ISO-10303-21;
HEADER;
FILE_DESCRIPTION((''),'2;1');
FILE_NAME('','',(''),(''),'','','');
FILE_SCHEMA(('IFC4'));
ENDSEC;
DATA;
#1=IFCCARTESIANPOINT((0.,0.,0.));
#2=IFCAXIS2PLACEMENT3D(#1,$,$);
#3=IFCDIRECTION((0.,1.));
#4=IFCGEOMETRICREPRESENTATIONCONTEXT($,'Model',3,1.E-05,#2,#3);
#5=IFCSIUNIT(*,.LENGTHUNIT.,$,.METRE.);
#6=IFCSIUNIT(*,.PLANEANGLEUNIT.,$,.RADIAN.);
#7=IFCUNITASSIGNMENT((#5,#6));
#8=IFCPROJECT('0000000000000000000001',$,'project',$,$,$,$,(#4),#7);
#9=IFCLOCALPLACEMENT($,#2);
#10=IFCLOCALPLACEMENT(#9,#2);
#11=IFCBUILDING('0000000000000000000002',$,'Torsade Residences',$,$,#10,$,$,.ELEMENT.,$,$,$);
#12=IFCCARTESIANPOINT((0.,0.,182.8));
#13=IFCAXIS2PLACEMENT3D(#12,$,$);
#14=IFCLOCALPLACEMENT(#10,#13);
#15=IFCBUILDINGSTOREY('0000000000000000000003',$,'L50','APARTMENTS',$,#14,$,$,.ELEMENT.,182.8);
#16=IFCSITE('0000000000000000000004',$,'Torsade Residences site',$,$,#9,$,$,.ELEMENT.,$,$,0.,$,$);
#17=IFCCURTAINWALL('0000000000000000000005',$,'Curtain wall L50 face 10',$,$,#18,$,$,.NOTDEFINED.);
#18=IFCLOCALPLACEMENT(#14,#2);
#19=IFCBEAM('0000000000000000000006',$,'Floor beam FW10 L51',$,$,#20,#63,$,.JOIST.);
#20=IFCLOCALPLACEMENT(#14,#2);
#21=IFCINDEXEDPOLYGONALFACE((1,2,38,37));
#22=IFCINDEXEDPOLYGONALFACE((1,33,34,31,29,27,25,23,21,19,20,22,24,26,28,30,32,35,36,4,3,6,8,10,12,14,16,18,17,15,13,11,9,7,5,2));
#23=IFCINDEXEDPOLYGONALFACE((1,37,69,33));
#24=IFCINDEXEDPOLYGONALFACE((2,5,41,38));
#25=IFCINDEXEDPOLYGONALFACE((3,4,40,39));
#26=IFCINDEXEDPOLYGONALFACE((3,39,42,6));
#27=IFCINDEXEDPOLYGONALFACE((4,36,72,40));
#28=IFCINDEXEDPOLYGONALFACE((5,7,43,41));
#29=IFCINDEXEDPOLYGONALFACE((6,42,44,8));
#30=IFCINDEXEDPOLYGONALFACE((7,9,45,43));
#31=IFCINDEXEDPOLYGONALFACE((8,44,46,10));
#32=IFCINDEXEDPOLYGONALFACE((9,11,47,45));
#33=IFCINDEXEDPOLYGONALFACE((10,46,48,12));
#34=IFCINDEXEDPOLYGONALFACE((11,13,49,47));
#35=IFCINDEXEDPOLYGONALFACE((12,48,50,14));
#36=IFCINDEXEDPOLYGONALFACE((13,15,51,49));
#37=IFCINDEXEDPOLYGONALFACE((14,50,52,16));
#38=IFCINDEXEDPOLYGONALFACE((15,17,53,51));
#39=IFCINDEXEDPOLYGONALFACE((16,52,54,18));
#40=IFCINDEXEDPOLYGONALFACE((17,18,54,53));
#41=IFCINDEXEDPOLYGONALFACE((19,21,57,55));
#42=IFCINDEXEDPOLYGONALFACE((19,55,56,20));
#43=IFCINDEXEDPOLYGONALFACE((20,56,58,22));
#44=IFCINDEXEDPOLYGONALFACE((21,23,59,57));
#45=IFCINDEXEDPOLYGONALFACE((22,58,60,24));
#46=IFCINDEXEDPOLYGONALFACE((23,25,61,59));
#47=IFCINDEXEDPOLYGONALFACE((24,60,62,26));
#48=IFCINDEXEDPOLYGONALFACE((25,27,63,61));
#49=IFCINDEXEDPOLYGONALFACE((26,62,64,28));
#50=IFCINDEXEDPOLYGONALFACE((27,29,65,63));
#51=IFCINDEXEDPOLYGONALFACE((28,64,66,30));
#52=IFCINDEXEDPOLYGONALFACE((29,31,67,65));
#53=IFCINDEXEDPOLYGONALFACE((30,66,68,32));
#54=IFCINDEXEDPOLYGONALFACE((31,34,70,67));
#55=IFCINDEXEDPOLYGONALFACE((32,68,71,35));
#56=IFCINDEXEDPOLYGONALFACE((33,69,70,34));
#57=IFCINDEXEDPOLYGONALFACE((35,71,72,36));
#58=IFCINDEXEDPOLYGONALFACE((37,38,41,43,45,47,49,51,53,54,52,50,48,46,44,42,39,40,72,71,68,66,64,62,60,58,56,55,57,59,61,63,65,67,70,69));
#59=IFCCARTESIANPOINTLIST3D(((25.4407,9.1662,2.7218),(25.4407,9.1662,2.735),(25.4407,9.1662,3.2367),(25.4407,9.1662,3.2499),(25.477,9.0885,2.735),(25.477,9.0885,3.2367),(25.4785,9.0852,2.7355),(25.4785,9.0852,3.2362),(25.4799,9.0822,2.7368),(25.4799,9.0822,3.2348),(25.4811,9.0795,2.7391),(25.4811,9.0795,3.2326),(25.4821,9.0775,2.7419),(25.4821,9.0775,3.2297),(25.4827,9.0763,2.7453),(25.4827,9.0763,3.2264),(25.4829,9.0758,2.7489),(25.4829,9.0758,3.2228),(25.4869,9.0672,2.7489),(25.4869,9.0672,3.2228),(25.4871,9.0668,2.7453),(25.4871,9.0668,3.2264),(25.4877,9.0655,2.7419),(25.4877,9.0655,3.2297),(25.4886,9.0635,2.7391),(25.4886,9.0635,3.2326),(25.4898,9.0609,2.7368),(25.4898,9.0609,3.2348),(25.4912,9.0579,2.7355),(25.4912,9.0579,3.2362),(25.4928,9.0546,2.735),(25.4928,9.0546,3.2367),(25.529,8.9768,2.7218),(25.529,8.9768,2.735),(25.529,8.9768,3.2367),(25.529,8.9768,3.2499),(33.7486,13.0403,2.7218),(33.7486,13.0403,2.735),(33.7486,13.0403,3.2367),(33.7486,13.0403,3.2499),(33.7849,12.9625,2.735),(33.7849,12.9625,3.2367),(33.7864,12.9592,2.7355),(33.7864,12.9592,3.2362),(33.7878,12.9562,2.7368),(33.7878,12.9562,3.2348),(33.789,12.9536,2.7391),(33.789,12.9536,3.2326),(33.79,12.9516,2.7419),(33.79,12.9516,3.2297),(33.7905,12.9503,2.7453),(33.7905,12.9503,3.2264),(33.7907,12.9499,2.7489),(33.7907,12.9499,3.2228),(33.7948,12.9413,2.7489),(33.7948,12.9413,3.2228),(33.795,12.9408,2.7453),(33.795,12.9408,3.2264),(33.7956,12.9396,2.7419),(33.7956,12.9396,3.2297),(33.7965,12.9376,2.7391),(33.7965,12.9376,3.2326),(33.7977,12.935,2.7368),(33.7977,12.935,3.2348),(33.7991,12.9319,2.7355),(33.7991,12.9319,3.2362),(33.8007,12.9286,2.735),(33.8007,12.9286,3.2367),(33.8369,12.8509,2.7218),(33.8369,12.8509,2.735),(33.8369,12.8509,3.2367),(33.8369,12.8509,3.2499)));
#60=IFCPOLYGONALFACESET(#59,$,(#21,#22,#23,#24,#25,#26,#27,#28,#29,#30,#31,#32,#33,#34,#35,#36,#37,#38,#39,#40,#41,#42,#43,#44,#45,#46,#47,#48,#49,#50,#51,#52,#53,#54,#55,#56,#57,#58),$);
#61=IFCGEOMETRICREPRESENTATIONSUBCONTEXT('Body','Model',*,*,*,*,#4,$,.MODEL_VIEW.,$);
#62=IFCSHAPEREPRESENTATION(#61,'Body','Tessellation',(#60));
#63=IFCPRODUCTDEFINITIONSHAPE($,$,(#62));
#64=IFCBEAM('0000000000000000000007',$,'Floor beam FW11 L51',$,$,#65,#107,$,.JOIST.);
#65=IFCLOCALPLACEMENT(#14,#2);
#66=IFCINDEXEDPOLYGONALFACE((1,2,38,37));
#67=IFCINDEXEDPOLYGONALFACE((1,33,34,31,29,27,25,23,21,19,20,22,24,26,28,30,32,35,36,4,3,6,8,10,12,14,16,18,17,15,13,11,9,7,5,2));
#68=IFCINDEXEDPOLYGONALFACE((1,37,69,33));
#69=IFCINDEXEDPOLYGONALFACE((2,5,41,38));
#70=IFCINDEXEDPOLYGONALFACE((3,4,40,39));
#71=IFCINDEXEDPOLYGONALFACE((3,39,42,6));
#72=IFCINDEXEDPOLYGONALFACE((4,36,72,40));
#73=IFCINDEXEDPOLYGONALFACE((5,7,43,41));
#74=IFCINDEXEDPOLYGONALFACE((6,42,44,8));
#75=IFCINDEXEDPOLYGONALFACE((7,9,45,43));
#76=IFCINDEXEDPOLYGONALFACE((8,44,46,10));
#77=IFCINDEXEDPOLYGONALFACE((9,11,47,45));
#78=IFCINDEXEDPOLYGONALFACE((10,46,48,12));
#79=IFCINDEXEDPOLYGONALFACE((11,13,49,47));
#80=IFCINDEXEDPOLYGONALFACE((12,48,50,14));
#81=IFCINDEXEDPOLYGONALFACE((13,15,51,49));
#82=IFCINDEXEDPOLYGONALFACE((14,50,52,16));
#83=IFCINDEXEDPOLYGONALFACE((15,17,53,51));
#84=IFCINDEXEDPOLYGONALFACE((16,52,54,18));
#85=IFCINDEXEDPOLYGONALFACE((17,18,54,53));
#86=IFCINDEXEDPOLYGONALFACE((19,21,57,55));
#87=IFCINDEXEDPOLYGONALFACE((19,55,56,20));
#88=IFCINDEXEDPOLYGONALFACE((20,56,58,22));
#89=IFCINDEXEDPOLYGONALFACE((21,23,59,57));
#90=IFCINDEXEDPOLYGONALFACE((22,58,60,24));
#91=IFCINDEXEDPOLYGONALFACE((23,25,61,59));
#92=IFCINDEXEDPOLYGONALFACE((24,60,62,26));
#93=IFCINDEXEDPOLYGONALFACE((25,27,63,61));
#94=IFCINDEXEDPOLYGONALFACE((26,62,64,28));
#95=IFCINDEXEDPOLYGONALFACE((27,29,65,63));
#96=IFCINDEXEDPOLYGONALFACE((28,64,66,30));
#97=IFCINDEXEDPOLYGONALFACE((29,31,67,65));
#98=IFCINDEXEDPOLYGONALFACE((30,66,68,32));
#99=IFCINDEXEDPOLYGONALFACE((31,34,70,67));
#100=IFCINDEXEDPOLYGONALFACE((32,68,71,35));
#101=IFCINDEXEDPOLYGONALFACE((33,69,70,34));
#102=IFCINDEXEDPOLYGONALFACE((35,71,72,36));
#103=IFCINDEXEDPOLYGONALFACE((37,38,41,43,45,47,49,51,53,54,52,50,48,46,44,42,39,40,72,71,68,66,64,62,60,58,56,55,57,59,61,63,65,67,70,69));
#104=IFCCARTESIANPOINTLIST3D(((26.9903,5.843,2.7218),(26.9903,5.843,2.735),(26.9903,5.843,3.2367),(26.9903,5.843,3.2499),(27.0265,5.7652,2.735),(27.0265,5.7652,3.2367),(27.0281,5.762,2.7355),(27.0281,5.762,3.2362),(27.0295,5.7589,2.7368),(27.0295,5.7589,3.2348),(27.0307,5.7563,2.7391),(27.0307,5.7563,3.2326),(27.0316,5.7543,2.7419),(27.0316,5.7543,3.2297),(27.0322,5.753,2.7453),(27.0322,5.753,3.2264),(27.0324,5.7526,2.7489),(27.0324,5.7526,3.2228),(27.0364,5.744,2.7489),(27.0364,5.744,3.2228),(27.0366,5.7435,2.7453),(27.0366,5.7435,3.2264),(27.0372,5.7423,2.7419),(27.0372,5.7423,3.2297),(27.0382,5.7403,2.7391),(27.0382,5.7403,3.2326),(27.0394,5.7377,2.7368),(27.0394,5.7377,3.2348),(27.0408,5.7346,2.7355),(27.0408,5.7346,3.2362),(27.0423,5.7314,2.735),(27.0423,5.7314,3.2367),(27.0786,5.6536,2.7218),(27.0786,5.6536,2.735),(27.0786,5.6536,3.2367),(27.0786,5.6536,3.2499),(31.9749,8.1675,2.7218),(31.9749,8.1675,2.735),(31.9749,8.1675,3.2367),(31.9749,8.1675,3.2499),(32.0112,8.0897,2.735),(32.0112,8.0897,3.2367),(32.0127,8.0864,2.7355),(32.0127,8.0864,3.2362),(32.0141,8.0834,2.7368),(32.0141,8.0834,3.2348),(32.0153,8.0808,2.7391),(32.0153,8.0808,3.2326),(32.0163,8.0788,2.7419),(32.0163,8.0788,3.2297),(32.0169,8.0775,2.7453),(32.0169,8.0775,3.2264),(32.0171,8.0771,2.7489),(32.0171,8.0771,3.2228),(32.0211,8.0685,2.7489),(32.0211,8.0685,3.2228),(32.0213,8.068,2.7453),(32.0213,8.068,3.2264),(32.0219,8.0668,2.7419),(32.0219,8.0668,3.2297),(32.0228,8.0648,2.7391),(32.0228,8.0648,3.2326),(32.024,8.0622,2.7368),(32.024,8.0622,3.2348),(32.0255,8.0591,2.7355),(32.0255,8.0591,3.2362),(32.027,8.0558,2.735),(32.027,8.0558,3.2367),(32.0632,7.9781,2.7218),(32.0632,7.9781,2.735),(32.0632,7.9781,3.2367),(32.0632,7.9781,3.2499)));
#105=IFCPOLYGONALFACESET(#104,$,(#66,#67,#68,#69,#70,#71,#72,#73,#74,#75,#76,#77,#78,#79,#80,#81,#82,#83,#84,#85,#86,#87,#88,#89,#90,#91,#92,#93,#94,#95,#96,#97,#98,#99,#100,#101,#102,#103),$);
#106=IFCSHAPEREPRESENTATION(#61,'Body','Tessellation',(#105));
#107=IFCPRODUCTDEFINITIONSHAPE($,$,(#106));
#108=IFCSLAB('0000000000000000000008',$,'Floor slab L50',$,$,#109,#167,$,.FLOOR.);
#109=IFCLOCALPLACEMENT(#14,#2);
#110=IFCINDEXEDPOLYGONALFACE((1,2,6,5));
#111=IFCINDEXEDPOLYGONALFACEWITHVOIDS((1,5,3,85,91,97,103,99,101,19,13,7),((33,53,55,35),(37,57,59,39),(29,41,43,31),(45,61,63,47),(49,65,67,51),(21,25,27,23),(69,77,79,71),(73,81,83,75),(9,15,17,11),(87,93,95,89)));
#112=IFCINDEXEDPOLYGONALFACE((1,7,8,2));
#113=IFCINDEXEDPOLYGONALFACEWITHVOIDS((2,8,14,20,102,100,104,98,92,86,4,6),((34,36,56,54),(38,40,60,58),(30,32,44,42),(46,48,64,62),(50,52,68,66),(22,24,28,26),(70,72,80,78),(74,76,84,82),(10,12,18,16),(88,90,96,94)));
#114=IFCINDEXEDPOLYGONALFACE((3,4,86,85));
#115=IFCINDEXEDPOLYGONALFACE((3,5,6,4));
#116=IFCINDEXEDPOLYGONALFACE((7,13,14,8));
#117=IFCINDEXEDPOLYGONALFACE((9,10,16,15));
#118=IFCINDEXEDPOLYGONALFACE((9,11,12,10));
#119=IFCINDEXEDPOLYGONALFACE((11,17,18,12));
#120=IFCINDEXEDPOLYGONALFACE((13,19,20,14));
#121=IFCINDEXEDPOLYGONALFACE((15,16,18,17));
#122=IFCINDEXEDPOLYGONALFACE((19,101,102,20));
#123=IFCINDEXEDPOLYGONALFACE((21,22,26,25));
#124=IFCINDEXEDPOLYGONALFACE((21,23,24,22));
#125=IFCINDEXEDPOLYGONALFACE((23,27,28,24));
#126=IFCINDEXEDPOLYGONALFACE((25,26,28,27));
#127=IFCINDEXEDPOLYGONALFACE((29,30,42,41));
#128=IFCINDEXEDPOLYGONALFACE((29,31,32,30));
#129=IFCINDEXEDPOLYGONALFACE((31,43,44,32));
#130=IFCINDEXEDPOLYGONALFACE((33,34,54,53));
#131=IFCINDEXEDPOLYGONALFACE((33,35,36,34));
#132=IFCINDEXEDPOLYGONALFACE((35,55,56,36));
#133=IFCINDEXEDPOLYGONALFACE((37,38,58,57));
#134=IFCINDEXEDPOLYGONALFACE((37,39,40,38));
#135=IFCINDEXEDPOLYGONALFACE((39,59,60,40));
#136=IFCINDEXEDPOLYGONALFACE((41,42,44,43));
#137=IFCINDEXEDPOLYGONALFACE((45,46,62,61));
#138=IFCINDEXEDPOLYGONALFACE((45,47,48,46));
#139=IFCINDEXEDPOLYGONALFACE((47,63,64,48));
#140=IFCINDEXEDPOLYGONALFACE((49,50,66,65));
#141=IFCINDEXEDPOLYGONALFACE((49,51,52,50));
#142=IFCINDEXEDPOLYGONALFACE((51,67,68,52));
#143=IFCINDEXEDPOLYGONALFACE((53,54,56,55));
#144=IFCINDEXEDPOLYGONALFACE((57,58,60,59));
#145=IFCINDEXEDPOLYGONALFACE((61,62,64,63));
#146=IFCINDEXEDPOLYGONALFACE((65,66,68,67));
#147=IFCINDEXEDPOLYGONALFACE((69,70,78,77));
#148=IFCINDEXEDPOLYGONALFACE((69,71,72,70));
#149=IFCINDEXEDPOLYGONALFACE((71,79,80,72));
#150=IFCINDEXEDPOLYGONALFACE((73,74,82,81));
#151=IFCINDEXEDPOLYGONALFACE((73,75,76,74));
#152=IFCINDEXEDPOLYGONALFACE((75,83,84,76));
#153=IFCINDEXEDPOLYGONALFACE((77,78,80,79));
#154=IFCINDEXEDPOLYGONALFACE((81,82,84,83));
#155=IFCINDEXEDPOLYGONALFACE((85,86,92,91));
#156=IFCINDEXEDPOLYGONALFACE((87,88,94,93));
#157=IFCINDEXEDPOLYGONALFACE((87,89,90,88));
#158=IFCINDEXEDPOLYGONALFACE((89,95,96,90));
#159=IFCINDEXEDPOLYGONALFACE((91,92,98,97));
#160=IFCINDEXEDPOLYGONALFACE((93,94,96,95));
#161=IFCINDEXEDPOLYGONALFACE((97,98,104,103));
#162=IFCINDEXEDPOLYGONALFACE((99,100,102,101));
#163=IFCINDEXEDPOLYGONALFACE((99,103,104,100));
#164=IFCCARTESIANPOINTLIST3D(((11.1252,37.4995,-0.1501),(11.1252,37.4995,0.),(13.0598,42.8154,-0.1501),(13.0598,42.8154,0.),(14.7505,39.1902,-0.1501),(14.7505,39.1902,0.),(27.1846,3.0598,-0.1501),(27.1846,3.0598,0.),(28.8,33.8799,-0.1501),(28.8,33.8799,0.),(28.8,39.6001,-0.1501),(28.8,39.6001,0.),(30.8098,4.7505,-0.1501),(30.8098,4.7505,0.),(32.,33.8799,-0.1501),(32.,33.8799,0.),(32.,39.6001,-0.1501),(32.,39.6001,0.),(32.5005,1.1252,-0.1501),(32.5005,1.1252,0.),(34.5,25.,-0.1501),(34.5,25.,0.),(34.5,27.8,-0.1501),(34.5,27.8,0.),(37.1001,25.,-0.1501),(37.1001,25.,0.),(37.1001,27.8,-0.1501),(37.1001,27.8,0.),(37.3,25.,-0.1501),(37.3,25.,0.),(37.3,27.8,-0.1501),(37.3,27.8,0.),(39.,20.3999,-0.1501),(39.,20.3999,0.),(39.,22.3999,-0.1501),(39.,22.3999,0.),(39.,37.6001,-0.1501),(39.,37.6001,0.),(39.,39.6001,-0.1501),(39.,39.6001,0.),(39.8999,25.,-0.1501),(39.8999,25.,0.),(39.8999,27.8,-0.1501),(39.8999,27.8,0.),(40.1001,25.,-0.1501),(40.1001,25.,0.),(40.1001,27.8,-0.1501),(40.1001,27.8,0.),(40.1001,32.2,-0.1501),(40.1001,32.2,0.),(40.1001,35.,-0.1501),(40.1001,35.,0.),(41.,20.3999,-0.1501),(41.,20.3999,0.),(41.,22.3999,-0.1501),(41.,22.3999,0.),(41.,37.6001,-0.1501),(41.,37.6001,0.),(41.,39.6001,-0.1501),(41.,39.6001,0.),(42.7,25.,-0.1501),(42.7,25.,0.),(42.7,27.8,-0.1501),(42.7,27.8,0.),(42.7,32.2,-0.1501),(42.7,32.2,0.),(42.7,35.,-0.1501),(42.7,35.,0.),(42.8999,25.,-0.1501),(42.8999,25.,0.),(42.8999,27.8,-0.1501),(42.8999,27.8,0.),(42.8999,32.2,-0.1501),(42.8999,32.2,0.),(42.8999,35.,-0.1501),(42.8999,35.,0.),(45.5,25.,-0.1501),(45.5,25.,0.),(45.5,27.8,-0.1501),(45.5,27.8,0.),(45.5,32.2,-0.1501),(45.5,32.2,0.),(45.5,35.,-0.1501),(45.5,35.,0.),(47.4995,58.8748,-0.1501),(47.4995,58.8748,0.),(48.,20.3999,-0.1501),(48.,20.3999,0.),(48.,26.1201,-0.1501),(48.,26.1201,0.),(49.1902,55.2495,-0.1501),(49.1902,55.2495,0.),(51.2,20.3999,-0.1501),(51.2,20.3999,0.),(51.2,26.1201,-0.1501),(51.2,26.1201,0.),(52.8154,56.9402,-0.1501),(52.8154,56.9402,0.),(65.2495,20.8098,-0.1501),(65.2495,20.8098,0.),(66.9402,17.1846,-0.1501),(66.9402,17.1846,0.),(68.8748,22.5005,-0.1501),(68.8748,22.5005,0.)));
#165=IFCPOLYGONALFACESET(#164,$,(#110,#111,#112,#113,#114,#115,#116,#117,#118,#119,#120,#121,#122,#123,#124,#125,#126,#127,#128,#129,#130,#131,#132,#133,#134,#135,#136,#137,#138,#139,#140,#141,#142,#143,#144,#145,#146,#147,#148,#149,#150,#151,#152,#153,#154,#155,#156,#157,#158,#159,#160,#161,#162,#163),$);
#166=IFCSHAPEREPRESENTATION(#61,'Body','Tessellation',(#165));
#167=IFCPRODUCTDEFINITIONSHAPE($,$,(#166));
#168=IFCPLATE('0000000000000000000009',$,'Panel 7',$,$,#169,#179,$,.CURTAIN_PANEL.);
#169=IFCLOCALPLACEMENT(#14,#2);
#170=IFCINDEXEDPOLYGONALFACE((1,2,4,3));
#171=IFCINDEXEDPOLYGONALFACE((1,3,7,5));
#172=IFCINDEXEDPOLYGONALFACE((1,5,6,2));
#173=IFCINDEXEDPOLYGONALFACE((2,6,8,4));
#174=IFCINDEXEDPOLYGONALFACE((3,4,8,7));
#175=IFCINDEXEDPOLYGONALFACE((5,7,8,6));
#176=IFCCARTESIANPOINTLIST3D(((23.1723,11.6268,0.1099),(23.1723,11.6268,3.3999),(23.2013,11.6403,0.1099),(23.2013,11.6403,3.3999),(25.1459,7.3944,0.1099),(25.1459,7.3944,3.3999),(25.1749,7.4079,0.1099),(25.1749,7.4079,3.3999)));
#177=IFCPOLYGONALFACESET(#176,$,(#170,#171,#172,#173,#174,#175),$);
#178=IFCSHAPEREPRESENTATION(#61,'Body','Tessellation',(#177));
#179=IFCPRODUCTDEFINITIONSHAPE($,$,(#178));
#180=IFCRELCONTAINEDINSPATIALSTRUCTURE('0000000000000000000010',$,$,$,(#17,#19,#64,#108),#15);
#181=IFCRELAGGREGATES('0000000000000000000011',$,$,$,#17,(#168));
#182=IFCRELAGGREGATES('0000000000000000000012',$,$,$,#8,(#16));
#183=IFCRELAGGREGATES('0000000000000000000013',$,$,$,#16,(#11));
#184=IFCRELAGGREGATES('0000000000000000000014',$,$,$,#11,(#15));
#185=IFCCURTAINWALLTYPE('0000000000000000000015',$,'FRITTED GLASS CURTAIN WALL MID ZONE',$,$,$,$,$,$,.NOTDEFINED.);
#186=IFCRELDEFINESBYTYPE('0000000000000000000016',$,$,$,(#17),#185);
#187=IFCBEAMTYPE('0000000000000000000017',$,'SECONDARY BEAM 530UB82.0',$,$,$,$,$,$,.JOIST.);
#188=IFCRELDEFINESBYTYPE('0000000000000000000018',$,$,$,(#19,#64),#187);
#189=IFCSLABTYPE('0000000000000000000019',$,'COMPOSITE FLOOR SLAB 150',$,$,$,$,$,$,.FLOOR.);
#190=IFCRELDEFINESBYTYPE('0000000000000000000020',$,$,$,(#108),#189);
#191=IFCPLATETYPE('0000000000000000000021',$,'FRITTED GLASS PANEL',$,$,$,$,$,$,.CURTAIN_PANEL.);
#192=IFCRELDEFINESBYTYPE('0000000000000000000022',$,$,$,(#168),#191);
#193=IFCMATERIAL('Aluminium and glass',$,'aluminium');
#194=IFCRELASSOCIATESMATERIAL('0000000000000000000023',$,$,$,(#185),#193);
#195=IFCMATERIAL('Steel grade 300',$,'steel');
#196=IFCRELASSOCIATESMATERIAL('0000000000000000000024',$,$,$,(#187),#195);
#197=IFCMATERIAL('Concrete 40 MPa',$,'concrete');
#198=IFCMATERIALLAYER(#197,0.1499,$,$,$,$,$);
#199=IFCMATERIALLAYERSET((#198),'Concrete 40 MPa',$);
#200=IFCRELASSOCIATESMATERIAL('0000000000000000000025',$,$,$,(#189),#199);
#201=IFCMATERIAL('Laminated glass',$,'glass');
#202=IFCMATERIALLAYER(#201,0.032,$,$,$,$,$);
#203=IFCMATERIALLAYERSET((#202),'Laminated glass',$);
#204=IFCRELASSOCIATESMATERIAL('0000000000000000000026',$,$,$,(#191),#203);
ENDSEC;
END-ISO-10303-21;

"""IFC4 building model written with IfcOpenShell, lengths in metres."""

from ifc_helpers import new_model, si_unit, direction, frame, origin, origin_2d, place, context, subcontext, project, spatial, polyline, rectangle, i_section, outline, extrude, material, layer, layer_set, material_profile, profile_set, type_object, element, aggregate, save


model = new_model("IFC4")

# Units and contexts
model_context = context("Model", 3, precision=1e-05, world=origin(), true_north=direction((0.0, 1.0)))
body_context = subcontext(model_context, "Body", "Model", "MODEL_VIEW")
ifc_project = project(units=[si_unit("LENGTHUNIT", "METRE"), si_unit("PLANEANGLEUNIT", "RADIAN")], contexts=[model_context])

# Site, building, storey
site_placement = place(None, origin())
site = spatial("IfcSite", under=ifc_project, at=site_placement, Name="Torsade Residences site", CompositionType="ELEMENT", RefElevation=0.0)
building_placement = place(site_placement, origin())
building = spatial("IfcBuilding", under=site, at=building_placement, Name="Torsade Residences", CompositionType="ELEMENT")
storey_placement = place(building_placement, frame((0.0, 0.0, 182.8)))
storey = spatial("IfcBuildingStorey", under=building, at=storey_placement, Name="L50", Description="APARTMENTS", CompositionType="ELEMENT", Elevation=182.8)

# Curtain wall
ifc_material_1 = material(Name="Aluminium and glass", Category="aluminium")
curtain_wall_type = type_object("IfcCurtainWallType", Name="FRITTED GLASS CURTAIN WALL MID ZONE", PredefinedType="NOTDEFINED", material=ifc_material_1)
curtain_wall_placement = place(storey_placement, origin())
curtain_wall = element("IfcCurtainWall", 1, at=curtain_wall_placement, inside=storey, type_object=curtain_wall_type, Name="Curtain wall L50 face 10", PredefinedType="NOTDEFINED")

# Beams
ifc_material_2 = material(Name="Steel grade 300", Category="steel")
ifc_material_profile_1 = material_profile(ifc_material_2, i_section(OverallWidth=0.209, OverallDepth=0.5281, WebThickness=0.0095, FlangeThickness=0.0132, FilletRadius=0.0139, at=origin_2d()), Name="530UB82.0")
ifc_profile_set_1 = profile_set([ifc_material_profile_1], Name="Steel grade 300")
beam_type_1 = type_object("IfcBeamType", Name="SECONDARY BEAM 530UB82.0", PredefinedType="JOIST", material=ifc_profile_set_1)
beam_1_placement = place(storey_placement, frame((25.4849, 9.0715, 2.9858), z_axis=(0.906308, 0.422619, 0.0), x_axis=(-0.422619, 0.906308, 0.0)))
element("IfcBeam", 2, at=beam_1_placement, inside=storey, type_object=beam_type_1, Name="Floor beam FW10 L51", PredefinedType="JOIST", context=body_context, shape_type="SweptSolid", body=[
    extrude(i_section(OverallWidth=0.209, OverallDepth=0.5281, WebThickness=0.0095, FlangeThickness=0.0132, FilletRadius=0.0139, at=origin_2d()), origin(), (0.0, 0.0, 1.0), 9.1667),
])
beam_2_placement = place(storey_placement, frame((27.0344, 5.7483, 2.9858), z_axis=(0.906301, 0.422633, 0.0), x_axis=(-0.422633, 0.906301, 0.0)))
element("IfcBeam", 3, at=beam_2_placement, inside=storey, type_object=beam_type_1, Name="Floor beam FW11 L51", PredefinedType="JOIST", context=body_context, shape_type="SweptSolid", body=[
    extrude(i_section(OverallWidth=0.209, OverallDepth=0.5281, WebThickness=0.0095, FlangeThickness=0.0132, FilletRadius=0.0139, at=origin_2d()), origin(), (0.0, 0.0, 1.0), 5.5),
])

# Slab
ifc_material_3 = material(Name="Concrete 40 MPa", Category="concrete")
ifc_layer_1 = layer(ifc_material_3, 0.1499)
ifc_layer_set_1 = layer_set([ifc_layer_1], Name="Concrete 40 MPa")
slab_type_1 = type_object("IfcSlabType", Name="COMPOSITE FLOOR SLAB 150", PredefinedType="FLOOR", material=ifc_layer_set_1)
slab_1_placement = place(storey_placement, frame((0.0, 0.0, -0.1501)))
element("IfcSlab", 4, at=slab_1_placement, inside=storey, type_object=slab_type_1, Name="Floor slab L50", PredefinedType="FLOOR", context=body_context, shape_type="SweptSolid", body=[
    extrude(outline(polyline([(32.5005, 1.1252), (66.9402, 17.1846), (65.2495, 20.8098), (68.8748, 22.5005), (52.8154, 56.9402), (49.1902, 55.2495), (47.4995, 58.8748), (13.0598, 42.8154), (14.7505, 39.1902), (11.1252, 37.4995), (27.1846, 3.0598), (30.8098, 4.7505), (32.5005, 1.1252)]), holes=[polyline([(51.2, 26.1201), (48.0, 26.1201), (48.0, 20.3999), (51.2, 20.3999), (51.2, 26.1201)]), polyline([(45.5, 27.8), (42.8999, 27.8), (42.8999, 25.0), (45.5, 25.0), (45.5, 27.8)]), polyline([(45.5, 35.0), (42.8999, 35.0), (42.8999, 32.2), (45.5, 32.2), (45.5, 35.0)]), polyline([(42.7, 25.0), (42.7, 27.8), (40.1001, 27.8), (40.1001, 25.0), (42.7, 25.0)]), polyline([(42.7, 35.0), (40.1001, 35.0), (40.1001, 32.2), (42.7, 32.2), (42.7, 35.0)]), polyline([(41.0, 22.3999), (39.0, 22.3999), (39.0, 20.3999), (41.0, 20.3999), (41.0, 22.3999)]), polyline([(41.0, 37.6001), (41.0, 39.6001), (39.0, 39.6001), (39.0, 37.6001), (41.0, 37.6001)]), polyline([(39.8999, 25.0), (39.8999, 27.8), (37.3, 27.8), (37.3, 25.0), (39.8999, 25.0)]), polyline([(37.1001, 27.8), (34.5, 27.8), (34.5, 25.0), (37.1001, 25.0), (37.1001, 27.8)]), polyline([(32.0, 33.8799), (32.0, 39.6001), (28.8, 39.6001), (28.8, 33.8799), (32.0, 33.8799)])]), origin(), (0.0, 0.0, 1.0), 0.1501),
])

# Plate
ifc_material_4 = material(Name="Laminated glass", Category="glass")
ifc_layer_2 = layer(ifc_material_4, 0.032)
ifc_layer_set_2 = layer_set([ifc_layer_2], Name="Laminated glass")
plate_type = type_object("IfcPlateType", Name="FRITTED GLASS PANEL", PredefinedType="CURTAIN_PANEL", material=ifc_layer_set_2)
plate_1_placement = place(storey_placement, frame((24.1736, 9.5173, 0.1099), z_axis=(0.0, 0.0, 1.0), x_axis=(0.422618, -0.906308, 0.0)))
plate_1 = element("IfcPlate", 5, at=plate_1_placement, type_object=plate_type, Name="Panel 7", PredefinedType="CURTAIN_PANEL", context=body_context, shape_type="SweptSolid", body=[
    extrude(rectangle(XDim=4.6699, YDim=0.032, at=origin_2d()), origin(), (0.0, 0.0, 1.0), 3.29),
])
aggregate(curtain_wall, [plate_1])

save(model, "model.ifc")
